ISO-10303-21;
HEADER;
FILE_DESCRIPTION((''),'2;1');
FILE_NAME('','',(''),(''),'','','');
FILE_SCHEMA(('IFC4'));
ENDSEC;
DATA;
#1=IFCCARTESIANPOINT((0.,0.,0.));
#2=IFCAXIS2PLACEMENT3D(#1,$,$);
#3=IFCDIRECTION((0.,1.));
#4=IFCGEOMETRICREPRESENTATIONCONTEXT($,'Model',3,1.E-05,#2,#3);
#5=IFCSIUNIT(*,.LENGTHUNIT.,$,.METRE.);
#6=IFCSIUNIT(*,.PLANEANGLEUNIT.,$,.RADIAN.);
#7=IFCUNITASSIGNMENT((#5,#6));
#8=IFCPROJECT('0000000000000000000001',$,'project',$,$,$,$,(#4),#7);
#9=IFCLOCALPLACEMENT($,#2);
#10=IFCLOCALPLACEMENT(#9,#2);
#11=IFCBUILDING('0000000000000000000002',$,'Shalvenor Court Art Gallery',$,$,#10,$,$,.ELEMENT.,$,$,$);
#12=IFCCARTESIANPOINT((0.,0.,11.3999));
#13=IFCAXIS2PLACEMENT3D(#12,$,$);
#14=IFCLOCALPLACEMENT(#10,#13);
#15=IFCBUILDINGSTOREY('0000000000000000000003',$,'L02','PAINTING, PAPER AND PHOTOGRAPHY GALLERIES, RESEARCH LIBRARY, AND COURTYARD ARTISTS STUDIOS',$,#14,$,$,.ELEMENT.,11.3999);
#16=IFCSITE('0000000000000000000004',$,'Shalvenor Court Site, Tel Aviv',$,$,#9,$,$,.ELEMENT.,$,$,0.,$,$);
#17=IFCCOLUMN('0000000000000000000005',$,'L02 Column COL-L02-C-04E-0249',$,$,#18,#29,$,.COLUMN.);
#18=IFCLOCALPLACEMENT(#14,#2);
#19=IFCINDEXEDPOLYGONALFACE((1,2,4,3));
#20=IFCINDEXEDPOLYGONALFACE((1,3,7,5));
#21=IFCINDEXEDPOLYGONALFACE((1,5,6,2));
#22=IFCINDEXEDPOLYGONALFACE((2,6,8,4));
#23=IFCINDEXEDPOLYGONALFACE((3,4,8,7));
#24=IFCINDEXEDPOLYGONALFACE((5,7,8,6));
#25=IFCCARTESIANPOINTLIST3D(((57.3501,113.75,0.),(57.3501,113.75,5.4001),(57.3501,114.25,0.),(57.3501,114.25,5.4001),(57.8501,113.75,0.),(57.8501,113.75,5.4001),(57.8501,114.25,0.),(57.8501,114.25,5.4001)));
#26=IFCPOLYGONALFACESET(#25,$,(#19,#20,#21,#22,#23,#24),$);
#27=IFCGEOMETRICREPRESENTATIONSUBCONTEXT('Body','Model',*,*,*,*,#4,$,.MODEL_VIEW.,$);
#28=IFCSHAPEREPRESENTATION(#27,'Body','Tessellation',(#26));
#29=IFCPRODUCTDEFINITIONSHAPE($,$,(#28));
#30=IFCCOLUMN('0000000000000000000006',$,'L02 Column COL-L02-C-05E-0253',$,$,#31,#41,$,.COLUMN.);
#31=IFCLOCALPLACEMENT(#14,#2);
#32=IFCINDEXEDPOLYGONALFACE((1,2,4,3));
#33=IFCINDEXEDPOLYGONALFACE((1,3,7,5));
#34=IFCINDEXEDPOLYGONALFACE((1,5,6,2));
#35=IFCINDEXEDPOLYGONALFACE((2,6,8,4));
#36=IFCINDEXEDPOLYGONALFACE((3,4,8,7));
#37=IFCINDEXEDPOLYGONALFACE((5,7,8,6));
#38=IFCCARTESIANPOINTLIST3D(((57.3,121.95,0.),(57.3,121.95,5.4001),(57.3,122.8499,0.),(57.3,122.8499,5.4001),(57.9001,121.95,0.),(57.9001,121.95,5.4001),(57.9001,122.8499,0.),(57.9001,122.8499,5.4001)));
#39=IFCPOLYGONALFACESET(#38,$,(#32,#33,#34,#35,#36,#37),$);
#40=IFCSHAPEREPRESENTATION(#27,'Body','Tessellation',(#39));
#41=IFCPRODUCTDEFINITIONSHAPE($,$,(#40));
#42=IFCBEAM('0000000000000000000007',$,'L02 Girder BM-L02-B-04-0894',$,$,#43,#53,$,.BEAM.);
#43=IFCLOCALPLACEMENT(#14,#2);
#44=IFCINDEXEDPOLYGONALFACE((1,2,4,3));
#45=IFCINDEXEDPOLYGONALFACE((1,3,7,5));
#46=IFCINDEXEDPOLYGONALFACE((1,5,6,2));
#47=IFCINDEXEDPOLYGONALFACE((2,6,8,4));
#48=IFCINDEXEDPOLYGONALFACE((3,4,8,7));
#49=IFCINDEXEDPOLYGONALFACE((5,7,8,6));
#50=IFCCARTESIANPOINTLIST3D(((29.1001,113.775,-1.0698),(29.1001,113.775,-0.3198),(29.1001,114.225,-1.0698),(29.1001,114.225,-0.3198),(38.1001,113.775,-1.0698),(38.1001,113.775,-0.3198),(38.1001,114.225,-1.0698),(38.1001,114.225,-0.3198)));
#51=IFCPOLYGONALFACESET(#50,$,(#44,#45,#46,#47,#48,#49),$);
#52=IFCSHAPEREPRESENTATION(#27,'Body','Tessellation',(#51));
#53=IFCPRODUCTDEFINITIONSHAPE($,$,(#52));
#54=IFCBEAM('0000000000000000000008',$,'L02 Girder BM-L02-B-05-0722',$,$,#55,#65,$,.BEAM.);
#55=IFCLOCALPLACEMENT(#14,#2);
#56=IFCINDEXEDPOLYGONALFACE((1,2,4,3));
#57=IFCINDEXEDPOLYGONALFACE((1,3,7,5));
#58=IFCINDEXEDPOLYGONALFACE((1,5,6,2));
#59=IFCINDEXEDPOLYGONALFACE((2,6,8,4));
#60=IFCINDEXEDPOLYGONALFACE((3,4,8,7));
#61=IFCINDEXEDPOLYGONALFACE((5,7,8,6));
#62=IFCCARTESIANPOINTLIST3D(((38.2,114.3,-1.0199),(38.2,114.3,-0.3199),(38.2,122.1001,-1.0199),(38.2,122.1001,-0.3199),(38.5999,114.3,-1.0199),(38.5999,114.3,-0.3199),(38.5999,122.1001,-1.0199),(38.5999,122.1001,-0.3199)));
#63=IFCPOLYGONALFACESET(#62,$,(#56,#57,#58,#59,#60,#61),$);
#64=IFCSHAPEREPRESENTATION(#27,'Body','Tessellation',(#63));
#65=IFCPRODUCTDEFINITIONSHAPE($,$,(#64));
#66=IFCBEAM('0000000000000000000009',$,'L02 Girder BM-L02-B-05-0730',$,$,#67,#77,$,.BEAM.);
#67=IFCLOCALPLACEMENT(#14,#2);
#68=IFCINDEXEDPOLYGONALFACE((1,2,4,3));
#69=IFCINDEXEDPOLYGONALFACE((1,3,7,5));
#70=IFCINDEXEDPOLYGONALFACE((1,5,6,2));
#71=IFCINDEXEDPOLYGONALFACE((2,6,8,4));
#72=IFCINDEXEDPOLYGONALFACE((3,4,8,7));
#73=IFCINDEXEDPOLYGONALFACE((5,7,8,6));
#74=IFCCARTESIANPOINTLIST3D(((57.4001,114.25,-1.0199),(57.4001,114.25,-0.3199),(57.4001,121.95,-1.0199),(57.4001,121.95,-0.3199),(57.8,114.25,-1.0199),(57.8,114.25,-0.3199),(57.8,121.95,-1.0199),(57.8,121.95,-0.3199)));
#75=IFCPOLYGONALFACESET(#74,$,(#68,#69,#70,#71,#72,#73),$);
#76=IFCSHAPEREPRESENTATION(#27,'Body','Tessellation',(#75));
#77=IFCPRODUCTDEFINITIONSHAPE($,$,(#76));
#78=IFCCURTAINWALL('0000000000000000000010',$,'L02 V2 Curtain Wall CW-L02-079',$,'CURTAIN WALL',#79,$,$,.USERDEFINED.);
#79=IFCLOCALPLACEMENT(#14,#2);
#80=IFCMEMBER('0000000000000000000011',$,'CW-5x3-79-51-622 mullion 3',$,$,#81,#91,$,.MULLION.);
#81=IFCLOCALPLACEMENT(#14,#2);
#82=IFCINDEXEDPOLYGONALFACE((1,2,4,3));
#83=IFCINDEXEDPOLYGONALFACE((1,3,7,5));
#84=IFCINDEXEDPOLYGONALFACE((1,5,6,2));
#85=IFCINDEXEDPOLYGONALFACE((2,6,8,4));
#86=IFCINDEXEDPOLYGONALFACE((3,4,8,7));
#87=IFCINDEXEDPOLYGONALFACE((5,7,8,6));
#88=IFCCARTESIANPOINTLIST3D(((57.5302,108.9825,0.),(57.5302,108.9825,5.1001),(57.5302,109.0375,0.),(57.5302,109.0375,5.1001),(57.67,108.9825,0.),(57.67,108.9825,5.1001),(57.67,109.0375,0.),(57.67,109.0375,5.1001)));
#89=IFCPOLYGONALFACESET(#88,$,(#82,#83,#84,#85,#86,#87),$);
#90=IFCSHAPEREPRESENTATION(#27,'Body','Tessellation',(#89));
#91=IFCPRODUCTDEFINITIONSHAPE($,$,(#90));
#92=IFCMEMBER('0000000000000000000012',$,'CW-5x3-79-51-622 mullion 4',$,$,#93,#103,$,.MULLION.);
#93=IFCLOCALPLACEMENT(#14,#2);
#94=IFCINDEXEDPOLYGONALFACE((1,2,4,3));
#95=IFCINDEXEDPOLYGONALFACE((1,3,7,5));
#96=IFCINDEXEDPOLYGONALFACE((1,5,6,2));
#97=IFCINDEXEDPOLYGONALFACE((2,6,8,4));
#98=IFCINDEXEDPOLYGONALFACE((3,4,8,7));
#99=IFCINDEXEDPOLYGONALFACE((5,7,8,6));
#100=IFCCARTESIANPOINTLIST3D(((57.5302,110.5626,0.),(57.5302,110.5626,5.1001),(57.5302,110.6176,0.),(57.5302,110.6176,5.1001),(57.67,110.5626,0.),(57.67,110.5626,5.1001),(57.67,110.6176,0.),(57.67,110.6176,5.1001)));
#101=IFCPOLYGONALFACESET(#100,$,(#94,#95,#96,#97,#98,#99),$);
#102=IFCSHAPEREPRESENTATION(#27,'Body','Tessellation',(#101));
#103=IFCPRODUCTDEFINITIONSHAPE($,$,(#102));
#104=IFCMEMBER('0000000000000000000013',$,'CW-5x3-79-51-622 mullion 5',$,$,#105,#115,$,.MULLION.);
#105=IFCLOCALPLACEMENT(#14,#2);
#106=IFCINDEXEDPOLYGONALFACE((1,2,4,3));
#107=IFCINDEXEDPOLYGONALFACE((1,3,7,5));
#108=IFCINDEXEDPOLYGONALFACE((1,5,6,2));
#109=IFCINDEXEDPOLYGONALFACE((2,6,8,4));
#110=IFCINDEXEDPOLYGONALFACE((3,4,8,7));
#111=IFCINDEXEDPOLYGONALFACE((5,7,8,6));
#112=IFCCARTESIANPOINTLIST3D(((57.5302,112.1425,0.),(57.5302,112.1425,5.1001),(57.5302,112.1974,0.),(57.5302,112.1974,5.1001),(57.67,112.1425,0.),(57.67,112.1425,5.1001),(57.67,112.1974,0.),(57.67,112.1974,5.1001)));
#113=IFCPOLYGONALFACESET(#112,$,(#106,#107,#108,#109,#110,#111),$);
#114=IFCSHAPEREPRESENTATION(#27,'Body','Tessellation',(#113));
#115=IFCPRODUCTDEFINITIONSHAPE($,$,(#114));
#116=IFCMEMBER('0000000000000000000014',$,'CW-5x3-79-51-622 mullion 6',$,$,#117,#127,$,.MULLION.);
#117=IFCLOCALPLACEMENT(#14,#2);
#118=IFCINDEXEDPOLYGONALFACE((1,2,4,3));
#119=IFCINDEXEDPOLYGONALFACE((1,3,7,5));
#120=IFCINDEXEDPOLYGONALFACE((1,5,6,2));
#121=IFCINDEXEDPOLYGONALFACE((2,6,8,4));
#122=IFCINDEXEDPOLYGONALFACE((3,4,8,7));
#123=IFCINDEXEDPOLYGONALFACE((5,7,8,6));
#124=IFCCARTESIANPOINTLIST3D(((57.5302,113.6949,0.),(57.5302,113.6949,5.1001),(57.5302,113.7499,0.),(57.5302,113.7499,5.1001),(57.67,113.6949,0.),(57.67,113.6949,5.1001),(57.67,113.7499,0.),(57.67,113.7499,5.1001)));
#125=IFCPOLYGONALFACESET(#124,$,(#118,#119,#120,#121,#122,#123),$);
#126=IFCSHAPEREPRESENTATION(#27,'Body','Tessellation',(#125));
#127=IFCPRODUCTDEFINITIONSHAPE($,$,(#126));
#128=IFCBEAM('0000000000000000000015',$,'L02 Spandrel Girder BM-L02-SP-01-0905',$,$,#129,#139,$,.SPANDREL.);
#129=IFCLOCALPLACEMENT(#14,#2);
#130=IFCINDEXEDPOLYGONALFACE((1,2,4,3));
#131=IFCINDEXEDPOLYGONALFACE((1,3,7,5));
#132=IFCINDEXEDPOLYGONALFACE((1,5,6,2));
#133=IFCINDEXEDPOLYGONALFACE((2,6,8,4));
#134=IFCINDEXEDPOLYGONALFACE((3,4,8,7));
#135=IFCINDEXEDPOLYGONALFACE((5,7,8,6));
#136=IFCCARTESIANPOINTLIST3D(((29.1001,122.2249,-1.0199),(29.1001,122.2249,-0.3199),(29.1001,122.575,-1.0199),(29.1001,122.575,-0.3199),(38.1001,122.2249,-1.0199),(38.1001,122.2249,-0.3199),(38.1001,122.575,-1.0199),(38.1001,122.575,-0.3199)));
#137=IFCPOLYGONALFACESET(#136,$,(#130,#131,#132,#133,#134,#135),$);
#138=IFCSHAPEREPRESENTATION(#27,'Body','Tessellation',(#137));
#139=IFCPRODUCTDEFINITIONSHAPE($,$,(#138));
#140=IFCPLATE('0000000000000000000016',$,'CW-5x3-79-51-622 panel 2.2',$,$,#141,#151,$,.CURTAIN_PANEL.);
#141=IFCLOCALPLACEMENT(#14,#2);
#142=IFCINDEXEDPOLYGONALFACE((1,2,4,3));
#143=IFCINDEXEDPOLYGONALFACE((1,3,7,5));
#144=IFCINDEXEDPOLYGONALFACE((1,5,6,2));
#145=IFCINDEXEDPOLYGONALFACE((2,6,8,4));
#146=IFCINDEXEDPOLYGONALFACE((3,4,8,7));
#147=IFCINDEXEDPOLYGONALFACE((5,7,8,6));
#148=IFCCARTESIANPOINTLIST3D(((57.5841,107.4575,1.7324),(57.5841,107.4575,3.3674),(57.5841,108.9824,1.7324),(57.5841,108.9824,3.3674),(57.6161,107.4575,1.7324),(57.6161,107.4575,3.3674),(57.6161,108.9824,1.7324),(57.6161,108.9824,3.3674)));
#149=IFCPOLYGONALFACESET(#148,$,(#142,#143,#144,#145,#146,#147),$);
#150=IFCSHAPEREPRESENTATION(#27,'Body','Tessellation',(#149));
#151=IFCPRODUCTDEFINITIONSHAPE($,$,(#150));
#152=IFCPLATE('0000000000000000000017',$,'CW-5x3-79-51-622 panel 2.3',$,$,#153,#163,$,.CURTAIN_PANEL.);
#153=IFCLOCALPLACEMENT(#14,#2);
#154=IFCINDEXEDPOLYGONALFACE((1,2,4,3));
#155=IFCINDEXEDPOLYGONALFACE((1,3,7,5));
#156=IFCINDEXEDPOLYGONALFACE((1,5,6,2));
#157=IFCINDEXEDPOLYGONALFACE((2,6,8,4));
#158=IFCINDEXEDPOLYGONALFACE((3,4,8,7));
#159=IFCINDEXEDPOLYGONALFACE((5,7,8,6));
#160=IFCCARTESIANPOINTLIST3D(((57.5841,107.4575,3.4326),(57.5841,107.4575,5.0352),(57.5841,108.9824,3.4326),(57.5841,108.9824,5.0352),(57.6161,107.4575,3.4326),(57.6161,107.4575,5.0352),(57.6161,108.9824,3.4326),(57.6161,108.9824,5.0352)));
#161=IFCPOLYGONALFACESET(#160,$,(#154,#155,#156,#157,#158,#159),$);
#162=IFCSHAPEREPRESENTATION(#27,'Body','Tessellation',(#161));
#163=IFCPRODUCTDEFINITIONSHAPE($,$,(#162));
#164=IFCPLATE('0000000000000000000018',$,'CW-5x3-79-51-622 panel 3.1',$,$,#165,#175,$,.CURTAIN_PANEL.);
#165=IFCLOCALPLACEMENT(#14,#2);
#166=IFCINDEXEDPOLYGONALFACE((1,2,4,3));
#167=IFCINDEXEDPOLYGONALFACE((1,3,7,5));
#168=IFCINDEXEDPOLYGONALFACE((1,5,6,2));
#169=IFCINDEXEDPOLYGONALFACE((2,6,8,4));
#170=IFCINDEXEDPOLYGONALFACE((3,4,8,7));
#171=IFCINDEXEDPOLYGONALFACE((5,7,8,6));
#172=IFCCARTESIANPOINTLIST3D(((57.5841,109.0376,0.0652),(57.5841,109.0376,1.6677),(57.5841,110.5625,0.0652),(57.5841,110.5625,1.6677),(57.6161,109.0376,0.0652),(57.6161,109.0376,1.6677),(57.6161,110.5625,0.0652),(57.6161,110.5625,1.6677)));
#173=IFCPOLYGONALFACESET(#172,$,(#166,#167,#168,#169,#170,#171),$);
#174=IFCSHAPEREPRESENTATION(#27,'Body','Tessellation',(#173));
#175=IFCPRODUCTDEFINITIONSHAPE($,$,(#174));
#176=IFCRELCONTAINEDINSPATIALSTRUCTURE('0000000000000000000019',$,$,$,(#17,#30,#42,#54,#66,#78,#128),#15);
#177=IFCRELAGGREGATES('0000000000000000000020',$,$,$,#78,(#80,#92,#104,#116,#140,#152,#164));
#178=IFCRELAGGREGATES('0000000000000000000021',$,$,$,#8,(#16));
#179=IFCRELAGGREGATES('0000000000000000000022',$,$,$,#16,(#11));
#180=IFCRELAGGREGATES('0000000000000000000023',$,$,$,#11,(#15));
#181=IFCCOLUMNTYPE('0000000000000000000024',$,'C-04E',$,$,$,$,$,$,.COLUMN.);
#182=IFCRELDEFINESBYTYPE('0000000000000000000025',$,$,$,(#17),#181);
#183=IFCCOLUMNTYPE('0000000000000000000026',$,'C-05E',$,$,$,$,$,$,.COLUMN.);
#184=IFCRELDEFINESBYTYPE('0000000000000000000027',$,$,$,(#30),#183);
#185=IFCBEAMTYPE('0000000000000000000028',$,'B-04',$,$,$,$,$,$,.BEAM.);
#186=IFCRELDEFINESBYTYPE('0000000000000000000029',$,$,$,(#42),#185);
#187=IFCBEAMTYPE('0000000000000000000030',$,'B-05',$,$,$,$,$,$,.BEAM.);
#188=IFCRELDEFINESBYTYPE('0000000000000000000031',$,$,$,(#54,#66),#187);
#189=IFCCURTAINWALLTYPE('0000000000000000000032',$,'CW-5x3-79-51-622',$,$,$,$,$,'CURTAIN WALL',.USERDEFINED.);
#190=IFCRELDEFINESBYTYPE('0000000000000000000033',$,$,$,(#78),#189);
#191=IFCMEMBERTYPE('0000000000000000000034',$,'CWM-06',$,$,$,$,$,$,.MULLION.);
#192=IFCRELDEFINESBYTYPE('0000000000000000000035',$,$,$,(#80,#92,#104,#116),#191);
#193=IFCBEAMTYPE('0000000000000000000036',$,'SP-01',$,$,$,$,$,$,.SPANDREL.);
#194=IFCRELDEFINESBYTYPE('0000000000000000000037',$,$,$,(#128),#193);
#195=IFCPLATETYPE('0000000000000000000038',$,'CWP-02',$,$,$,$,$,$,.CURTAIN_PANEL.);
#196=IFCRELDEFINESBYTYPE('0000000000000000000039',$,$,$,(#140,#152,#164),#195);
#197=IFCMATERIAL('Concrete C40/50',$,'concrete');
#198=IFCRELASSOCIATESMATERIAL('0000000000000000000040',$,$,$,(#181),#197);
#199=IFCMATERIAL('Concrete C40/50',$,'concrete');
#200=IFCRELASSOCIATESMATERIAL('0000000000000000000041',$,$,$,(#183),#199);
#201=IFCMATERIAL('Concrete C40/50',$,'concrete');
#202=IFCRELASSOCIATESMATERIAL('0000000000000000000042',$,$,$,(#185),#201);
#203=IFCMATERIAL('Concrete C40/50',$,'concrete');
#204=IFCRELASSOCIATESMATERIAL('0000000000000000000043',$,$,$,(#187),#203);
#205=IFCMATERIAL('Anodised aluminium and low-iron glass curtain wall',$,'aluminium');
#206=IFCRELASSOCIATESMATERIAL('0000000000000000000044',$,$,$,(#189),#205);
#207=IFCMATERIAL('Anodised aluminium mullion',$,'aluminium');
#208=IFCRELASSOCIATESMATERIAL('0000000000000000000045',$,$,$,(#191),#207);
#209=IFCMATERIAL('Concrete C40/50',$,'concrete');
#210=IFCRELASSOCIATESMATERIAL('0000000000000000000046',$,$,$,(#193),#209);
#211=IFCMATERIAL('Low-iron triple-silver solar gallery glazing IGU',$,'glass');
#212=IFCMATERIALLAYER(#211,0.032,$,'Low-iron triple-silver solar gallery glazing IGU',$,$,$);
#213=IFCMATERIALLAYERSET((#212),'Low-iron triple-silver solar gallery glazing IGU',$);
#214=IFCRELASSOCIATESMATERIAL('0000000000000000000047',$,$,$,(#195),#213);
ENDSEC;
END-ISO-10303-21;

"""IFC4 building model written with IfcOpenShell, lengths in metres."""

from ifc_helpers import new_model, si_unit, direction, frame, origin, origin_2d, place, context, subcontext, project, spatial, rectangle, extrude, material, layer, layer_set, material_profile, profile_set, type_object, element, aggregate, save


model = new_model("IFC4")

# Units and contexts
model_context = context("Model", 3, precision=1e-05, world=origin(), true_north=direction((0.0, 1.0)))
body_context = subcontext(model_context, "Body", "Model", "MODEL_VIEW")
ifc_project = project(units=[si_unit("LENGTHUNIT", "METRE"), si_unit("PLANEANGLEUNIT", "RADIAN")], contexts=[model_context])

# Site, building, storey
site_placement = place(None, origin())
site = spatial("IfcSite", under=ifc_project, at=site_placement, Name="Shalvenor Court Site, Tel Aviv", CompositionType="ELEMENT", RefElevation=0.0)
building_placement = place(site_placement, origin())
building = spatial("IfcBuilding", under=site, at=building_placement, Name="Shalvenor Court Art Gallery", CompositionType="ELEMENT")
storey_placement = place(building_placement, frame((0.0, 0.0, 11.3999)))
storey = spatial("IfcBuildingStorey", under=building, at=storey_placement, Name="L02", Description="PAINTING, PAPER AND PHOTOGRAPHY GALLERIES, RESEARCH LIBRARY, AND COURTYARD ARTISTS STUDIOS", CompositionType="ELEMENT", Elevation=11.3999)

# Columns
ifc_material_1 = material(Name="Concrete C40/50", Category="concrete")
ifc_material_profile_1 = material_profile(ifc_material_1, rectangle(XDim=0.5, YDim=0.5, at=origin_2d()), Name="RC 500x500")
ifc_profile_set_1 = profile_set([ifc_material_profile_1], Name="Concrete C40/50")
column_type_1 = type_object("IfcColumnType", Name="C-04E", PredefinedType="COLUMN", material=ifc_profile_set_1)
column_1_placement = place(storey_placement, frame((57.6001, 114.0, 0.0), z_axis=(0.0, 0.0, 1.0), x_axis=(1.0, 0.0, 0.0)))
element("IfcColumn", 1, at=column_1_placement, inside=storey, type_object=column_type_1, Name="L02 Column COL-L02-C-04E-0249", PredefinedType="COLUMN", context=body_context, shape_type="SweptSolid", body=[
    extrude(rectangle(XDim=0.5, YDim=0.5, at=origin_2d()), origin(), (0.0, 0.0, 1.0), 5.4001),
])
ifc_material_2 = material(Name="Concrete C40/50", Category="concrete")
ifc_material_profile_2 = material_profile(ifc_material_2, rectangle(XDim=0.6001, YDim=0.8999, at=origin_2d()), Name="RC 600x900")
ifc_profile_set_2 = profile_set([ifc_material_profile_2], Name="Concrete C40/50")
column_type_2 = type_object("IfcColumnType", Name="C-05E", PredefinedType="COLUMN", material=ifc_profile_set_2)
column_2_placement = place(storey_placement, frame((57.6001, 122.3999, 0.0), z_axis=(0.0, 0.0, 1.0), x_axis=(1.0, 0.0, 0.0)))
element("IfcColumn", 2, at=column_2_placement, inside=storey, type_object=column_type_2, Name="L02 Column COL-L02-C-05E-0253", PredefinedType="COLUMN", context=body_context, shape_type="SweptSolid", body=[
    extrude(rectangle(XDim=0.6001, YDim=0.8999, at=origin_2d()), origin(), (0.0, 0.0, 1.0), 5.4001),
])

# Beams
ifc_material_3 = material(Name="Concrete C40/50", Category="concrete")
ifc_material_profile_3 = material_profile(ifc_material_3, rectangle(XDim=0.45, YDim=0.75, at=origin_2d()), Name="RC 450x750")
ifc_profile_set_3 = profile_set([ifc_material_profile_3], Name="Concrete C40/50")
beam_type_1 = type_object("IfcBeamType", Name="B-04", PredefinedType="BEAM", material=ifc_profile_set_3)
beam_1_placement = place(storey_placement, frame((29.1001, 114.0, -0.6948), z_axis=(1.0, 0.0, 0.0), x_axis=(0.0, 1.0, 0.0)))
element("IfcBeam", 3, at=beam_1_placement, inside=storey, type_object=beam_type_1, Name="L02 Girder BM-L02-B-04-0894", PredefinedType="BEAM", context=body_context, shape_type="SweptSolid", body=[
    extrude(rectangle(XDim=0.45, YDim=0.75, at=origin_2d()), origin(), (0.0, 0.0, 1.0), 9.0),
])
ifc_material_4 = material(Name="Concrete C40/50", Category="concrete")
ifc_material_profile_4 = material_profile(ifc_material_4, rectangle(XDim=0.3999, YDim=0.7, at=origin_2d()), Name="RC 400x700")
ifc_profile_set_4 = profile_set([ifc_material_profile_4], Name="Concrete C40/50")
beam_type_2 = type_object("IfcBeamType", Name="B-05", PredefinedType="BEAM", material=ifc_profile_set_4)
beam_2_placement = place(storey_placement, frame((38.3999, 114.3, -0.6699), z_axis=(0.0, 1.0, 0.0), x_axis=(-1.0, 0.0, 0.0)))
element("IfcBeam", 4, at=beam_2_placement, inside=storey, type_object=beam_type_2, Name="L02 Girder BM-L02-B-05-0722", PredefinedType="BEAM", context=body_context, shape_type="SweptSolid", body=[
    extrude(rectangle(XDim=0.3999, YDim=0.7, at=origin_2d()), origin(), (0.0, 0.0, 1.0), 7.8),
])
beam_3_placement = place(storey_placement, frame((57.6001, 114.25, -0.6699), z_axis=(0.0, 1.0, 0.0), x_axis=(-1.0, 0.0, 0.0)))
element("IfcBeam", 5, at=beam_3_placement, inside=storey, type_object=beam_type_2, Name="L02 Girder BM-L02-B-05-0730", PredefinedType="BEAM", context=body_context, shape_type="SweptSolid", body=[
    extrude(rectangle(XDim=0.3999, YDim=0.7, at=origin_2d()), origin(), (0.0, 0.0, 1.0), 7.7),
])

# Curtain wall, members
ifc_material_5 = material(Name="Anodised aluminium and low-iron glass curtain wall", Category="aluminium")
curtain_wall_type = type_object("IfcCurtainWallType", Name="CW-5x3-79-51-622", ElementType="CURTAIN WALL", PredefinedType="USERDEFINED", material=ifc_material_5)
curtain_wall_placement = place(storey_placement, origin())
curtain_wall = element("IfcCurtainWall", 6, at=curtain_wall_placement, inside=storey, type_object=curtain_wall_type, Name="L02 V2 Curtain Wall CW-L02-079", ObjectType="CURTAIN WALL", PredefinedType="USERDEFINED")
ifc_material_6 = material(Name="Anodised aluminium mullion", Category="aluminium")
ifc_material_profile_5 = material_profile(ifc_material_6, rectangle(XDim=0.0549, YDim=0.1399, at=origin_2d()), Name="CWM-06")
ifc_profile_set_5 = profile_set([ifc_material_profile_5], Name="Anodised aluminium mullion")
member_type = type_object("IfcMemberType", Name="CWM-06", PredefinedType="MULLION", material=ifc_profile_set_5)
member_1_placement = place(storey_placement, frame((57.6001, 109.01, 0.0), z_axis=(0.0, 0.0, 1.0), x_axis=(0.0, 1.0, 0.0)))
member_1 = element("IfcMember", 7, at=member_1_placement, type_object=member_type, Name="CW-5x3-79-51-622 mullion 3", PredefinedType="MULLION", context=body_context, shape_type="SweptSolid", body=[
    extrude(rectangle(XDim=0.0549, YDim=0.1399, at=origin_2d()), origin(), (0.0, 0.0, 1.0), 5.1001),
])
member_2_placement = place(storey_placement, frame((57.6001, 110.5901, 0.0), z_axis=(0.0, 0.0, 1.0), x_axis=(0.0, 1.0, 0.0)))
member_2 = element("IfcMember", 8, at=member_2_placement, type_object=member_type, Name="CW-5x3-79-51-622 mullion 4", PredefinedType="MULLION", context=body_context, shape_type="SweptSolid", body=[
    extrude(rectangle(XDim=0.0549, YDim=0.1399, at=origin_2d()), origin(), (0.0, 0.0, 1.0), 5.1001),
])
member_3_placement = place(storey_placement, frame((57.6001, 112.1699, 0.0), z_axis=(0.0, 0.0, 1.0), x_axis=(0.0, 1.0, 0.0)))
member_3 = element("IfcMember", 9, at=member_3_placement, type_object=member_type, Name="CW-5x3-79-51-622 mullion 5", PredefinedType="MULLION", context=body_context, shape_type="SweptSolid", body=[
    extrude(rectangle(XDim=0.0549, YDim=0.1399, at=origin_2d()), origin(), (0.0, 0.0, 1.0), 5.1001),
])
member_4_placement = place(storey_placement, frame((57.6001, 113.7224, 0.0), z_axis=(0.0, 0.0, 1.0), x_axis=(0.0, 1.0, 0.0)))
member_4 = element("IfcMember", 10, at=member_4_placement, type_object=member_type, Name="CW-5x3-79-51-622 mullion 6", PredefinedType="MULLION", context=body_context, shape_type="SweptSolid", body=[
    extrude(rectangle(XDim=0.0549, YDim=0.1399, at=origin_2d()), origin(), (0.0, 0.0, 1.0), 5.1001),
])

# Beam
ifc_material_7 = material(Name="Concrete C40/50", Category="concrete")
ifc_material_profile_6 = material_profile(ifc_material_7, rectangle(XDim=0.3501, YDim=0.7, at=origin_2d()), Name="RC 350x700")
ifc_profile_set_6 = profile_set([ifc_material_profile_6], Name="Concrete C40/50")
beam_type_3 = type_object("IfcBeamType", Name="SP-01", PredefinedType="SPANDREL", material=ifc_profile_set_6)
beam_4_placement = place(storey_placement, frame((29.1001, 122.3999, -0.6699), z_axis=(1.0, 0.0, 0.0), x_axis=(0.0, 1.0, 0.0)))
element("IfcBeam", 11, at=beam_4_placement, inside=storey, type_object=beam_type_3, Name="L02 Spandrel Girder BM-L02-SP-01-0905", PredefinedType="SPANDREL", context=body_context, shape_type="SweptSolid", body=[
    extrude(rectangle(XDim=0.3501, YDim=0.7, at=origin_2d()), origin(), (0.0, 0.0, 1.0), 9.0),
])

# Plates
ifc_material_8 = material(Name="Low-iron triple-silver solar gallery glazing IGU", Category="glass")
ifc_layer_1 = layer(ifc_material_8, 0.032, Name="Low-iron triple-silver solar gallery glazing IGU")
ifc_layer_set_1 = layer_set([ifc_layer_1], Name="Low-iron triple-silver solar gallery glazing IGU")
plate_type_1 = type_object("IfcPlateType", Name="CWP-02", PredefinedType="CURTAIN_PANEL", material=ifc_layer_set_1)
plate_1_placement = place(storey_placement, frame((57.6001, 108.22, 1.7324), z_axis=(0.0, 0.0, 1.0), x_axis=(0.0, 1.0, 0.0)))
plate_1 = element("IfcPlate", 12, at=plate_1_placement, type_object=plate_type_1, Name="CW-5x3-79-51-622 panel 2.2", PredefinedType="CURTAIN_PANEL", context=body_context, shape_type="SweptSolid", body=[
    extrude(rectangle(XDim=1.5249, YDim=0.032, at=origin_2d()), origin(), (0.0, 0.0, 1.0), 1.635),
])
plate_2_placement = place(storey_placement, frame((57.6001, 108.22, 3.4326), z_axis=(0.0, 0.0, 1.0), x_axis=(0.0, 1.0, 0.0)))
plate_2 = element("IfcPlate", 13, at=plate_2_placement, type_object=plate_type_1, Name="CW-5x3-79-51-622 panel 2.3", PredefinedType="CURTAIN_PANEL", context=body_context, shape_type="SweptSolid", body=[
    extrude(rectangle(XDim=1.5249, YDim=0.032, at=origin_2d()), origin(), (0.0, 0.0, 1.0), 1.6025),
])
plate_3_placement = place(storey_placement, frame((57.6001, 109.8, 0.0652), z_axis=(0.0, 0.0, 1.0), x_axis=(0.0, 1.0, 0.0)))
plate_3 = element("IfcPlate", 14, at=plate_3_placement, type_object=plate_type_1, Name="CW-5x3-79-51-622 panel 3.1", PredefinedType="CURTAIN_PANEL", context=body_context, shape_type="SweptSolid", body=[
    extrude(rectangle(XDim=1.5249, YDim=0.032, at=origin_2d()), origin(), (0.0, 0.0, 1.0), 1.6025),
])
aggregate(curtain_wall, [member_1, member_2, member_3, member_4, plate_1, plate_2, plate_3])

save(model, "model.ifc")
